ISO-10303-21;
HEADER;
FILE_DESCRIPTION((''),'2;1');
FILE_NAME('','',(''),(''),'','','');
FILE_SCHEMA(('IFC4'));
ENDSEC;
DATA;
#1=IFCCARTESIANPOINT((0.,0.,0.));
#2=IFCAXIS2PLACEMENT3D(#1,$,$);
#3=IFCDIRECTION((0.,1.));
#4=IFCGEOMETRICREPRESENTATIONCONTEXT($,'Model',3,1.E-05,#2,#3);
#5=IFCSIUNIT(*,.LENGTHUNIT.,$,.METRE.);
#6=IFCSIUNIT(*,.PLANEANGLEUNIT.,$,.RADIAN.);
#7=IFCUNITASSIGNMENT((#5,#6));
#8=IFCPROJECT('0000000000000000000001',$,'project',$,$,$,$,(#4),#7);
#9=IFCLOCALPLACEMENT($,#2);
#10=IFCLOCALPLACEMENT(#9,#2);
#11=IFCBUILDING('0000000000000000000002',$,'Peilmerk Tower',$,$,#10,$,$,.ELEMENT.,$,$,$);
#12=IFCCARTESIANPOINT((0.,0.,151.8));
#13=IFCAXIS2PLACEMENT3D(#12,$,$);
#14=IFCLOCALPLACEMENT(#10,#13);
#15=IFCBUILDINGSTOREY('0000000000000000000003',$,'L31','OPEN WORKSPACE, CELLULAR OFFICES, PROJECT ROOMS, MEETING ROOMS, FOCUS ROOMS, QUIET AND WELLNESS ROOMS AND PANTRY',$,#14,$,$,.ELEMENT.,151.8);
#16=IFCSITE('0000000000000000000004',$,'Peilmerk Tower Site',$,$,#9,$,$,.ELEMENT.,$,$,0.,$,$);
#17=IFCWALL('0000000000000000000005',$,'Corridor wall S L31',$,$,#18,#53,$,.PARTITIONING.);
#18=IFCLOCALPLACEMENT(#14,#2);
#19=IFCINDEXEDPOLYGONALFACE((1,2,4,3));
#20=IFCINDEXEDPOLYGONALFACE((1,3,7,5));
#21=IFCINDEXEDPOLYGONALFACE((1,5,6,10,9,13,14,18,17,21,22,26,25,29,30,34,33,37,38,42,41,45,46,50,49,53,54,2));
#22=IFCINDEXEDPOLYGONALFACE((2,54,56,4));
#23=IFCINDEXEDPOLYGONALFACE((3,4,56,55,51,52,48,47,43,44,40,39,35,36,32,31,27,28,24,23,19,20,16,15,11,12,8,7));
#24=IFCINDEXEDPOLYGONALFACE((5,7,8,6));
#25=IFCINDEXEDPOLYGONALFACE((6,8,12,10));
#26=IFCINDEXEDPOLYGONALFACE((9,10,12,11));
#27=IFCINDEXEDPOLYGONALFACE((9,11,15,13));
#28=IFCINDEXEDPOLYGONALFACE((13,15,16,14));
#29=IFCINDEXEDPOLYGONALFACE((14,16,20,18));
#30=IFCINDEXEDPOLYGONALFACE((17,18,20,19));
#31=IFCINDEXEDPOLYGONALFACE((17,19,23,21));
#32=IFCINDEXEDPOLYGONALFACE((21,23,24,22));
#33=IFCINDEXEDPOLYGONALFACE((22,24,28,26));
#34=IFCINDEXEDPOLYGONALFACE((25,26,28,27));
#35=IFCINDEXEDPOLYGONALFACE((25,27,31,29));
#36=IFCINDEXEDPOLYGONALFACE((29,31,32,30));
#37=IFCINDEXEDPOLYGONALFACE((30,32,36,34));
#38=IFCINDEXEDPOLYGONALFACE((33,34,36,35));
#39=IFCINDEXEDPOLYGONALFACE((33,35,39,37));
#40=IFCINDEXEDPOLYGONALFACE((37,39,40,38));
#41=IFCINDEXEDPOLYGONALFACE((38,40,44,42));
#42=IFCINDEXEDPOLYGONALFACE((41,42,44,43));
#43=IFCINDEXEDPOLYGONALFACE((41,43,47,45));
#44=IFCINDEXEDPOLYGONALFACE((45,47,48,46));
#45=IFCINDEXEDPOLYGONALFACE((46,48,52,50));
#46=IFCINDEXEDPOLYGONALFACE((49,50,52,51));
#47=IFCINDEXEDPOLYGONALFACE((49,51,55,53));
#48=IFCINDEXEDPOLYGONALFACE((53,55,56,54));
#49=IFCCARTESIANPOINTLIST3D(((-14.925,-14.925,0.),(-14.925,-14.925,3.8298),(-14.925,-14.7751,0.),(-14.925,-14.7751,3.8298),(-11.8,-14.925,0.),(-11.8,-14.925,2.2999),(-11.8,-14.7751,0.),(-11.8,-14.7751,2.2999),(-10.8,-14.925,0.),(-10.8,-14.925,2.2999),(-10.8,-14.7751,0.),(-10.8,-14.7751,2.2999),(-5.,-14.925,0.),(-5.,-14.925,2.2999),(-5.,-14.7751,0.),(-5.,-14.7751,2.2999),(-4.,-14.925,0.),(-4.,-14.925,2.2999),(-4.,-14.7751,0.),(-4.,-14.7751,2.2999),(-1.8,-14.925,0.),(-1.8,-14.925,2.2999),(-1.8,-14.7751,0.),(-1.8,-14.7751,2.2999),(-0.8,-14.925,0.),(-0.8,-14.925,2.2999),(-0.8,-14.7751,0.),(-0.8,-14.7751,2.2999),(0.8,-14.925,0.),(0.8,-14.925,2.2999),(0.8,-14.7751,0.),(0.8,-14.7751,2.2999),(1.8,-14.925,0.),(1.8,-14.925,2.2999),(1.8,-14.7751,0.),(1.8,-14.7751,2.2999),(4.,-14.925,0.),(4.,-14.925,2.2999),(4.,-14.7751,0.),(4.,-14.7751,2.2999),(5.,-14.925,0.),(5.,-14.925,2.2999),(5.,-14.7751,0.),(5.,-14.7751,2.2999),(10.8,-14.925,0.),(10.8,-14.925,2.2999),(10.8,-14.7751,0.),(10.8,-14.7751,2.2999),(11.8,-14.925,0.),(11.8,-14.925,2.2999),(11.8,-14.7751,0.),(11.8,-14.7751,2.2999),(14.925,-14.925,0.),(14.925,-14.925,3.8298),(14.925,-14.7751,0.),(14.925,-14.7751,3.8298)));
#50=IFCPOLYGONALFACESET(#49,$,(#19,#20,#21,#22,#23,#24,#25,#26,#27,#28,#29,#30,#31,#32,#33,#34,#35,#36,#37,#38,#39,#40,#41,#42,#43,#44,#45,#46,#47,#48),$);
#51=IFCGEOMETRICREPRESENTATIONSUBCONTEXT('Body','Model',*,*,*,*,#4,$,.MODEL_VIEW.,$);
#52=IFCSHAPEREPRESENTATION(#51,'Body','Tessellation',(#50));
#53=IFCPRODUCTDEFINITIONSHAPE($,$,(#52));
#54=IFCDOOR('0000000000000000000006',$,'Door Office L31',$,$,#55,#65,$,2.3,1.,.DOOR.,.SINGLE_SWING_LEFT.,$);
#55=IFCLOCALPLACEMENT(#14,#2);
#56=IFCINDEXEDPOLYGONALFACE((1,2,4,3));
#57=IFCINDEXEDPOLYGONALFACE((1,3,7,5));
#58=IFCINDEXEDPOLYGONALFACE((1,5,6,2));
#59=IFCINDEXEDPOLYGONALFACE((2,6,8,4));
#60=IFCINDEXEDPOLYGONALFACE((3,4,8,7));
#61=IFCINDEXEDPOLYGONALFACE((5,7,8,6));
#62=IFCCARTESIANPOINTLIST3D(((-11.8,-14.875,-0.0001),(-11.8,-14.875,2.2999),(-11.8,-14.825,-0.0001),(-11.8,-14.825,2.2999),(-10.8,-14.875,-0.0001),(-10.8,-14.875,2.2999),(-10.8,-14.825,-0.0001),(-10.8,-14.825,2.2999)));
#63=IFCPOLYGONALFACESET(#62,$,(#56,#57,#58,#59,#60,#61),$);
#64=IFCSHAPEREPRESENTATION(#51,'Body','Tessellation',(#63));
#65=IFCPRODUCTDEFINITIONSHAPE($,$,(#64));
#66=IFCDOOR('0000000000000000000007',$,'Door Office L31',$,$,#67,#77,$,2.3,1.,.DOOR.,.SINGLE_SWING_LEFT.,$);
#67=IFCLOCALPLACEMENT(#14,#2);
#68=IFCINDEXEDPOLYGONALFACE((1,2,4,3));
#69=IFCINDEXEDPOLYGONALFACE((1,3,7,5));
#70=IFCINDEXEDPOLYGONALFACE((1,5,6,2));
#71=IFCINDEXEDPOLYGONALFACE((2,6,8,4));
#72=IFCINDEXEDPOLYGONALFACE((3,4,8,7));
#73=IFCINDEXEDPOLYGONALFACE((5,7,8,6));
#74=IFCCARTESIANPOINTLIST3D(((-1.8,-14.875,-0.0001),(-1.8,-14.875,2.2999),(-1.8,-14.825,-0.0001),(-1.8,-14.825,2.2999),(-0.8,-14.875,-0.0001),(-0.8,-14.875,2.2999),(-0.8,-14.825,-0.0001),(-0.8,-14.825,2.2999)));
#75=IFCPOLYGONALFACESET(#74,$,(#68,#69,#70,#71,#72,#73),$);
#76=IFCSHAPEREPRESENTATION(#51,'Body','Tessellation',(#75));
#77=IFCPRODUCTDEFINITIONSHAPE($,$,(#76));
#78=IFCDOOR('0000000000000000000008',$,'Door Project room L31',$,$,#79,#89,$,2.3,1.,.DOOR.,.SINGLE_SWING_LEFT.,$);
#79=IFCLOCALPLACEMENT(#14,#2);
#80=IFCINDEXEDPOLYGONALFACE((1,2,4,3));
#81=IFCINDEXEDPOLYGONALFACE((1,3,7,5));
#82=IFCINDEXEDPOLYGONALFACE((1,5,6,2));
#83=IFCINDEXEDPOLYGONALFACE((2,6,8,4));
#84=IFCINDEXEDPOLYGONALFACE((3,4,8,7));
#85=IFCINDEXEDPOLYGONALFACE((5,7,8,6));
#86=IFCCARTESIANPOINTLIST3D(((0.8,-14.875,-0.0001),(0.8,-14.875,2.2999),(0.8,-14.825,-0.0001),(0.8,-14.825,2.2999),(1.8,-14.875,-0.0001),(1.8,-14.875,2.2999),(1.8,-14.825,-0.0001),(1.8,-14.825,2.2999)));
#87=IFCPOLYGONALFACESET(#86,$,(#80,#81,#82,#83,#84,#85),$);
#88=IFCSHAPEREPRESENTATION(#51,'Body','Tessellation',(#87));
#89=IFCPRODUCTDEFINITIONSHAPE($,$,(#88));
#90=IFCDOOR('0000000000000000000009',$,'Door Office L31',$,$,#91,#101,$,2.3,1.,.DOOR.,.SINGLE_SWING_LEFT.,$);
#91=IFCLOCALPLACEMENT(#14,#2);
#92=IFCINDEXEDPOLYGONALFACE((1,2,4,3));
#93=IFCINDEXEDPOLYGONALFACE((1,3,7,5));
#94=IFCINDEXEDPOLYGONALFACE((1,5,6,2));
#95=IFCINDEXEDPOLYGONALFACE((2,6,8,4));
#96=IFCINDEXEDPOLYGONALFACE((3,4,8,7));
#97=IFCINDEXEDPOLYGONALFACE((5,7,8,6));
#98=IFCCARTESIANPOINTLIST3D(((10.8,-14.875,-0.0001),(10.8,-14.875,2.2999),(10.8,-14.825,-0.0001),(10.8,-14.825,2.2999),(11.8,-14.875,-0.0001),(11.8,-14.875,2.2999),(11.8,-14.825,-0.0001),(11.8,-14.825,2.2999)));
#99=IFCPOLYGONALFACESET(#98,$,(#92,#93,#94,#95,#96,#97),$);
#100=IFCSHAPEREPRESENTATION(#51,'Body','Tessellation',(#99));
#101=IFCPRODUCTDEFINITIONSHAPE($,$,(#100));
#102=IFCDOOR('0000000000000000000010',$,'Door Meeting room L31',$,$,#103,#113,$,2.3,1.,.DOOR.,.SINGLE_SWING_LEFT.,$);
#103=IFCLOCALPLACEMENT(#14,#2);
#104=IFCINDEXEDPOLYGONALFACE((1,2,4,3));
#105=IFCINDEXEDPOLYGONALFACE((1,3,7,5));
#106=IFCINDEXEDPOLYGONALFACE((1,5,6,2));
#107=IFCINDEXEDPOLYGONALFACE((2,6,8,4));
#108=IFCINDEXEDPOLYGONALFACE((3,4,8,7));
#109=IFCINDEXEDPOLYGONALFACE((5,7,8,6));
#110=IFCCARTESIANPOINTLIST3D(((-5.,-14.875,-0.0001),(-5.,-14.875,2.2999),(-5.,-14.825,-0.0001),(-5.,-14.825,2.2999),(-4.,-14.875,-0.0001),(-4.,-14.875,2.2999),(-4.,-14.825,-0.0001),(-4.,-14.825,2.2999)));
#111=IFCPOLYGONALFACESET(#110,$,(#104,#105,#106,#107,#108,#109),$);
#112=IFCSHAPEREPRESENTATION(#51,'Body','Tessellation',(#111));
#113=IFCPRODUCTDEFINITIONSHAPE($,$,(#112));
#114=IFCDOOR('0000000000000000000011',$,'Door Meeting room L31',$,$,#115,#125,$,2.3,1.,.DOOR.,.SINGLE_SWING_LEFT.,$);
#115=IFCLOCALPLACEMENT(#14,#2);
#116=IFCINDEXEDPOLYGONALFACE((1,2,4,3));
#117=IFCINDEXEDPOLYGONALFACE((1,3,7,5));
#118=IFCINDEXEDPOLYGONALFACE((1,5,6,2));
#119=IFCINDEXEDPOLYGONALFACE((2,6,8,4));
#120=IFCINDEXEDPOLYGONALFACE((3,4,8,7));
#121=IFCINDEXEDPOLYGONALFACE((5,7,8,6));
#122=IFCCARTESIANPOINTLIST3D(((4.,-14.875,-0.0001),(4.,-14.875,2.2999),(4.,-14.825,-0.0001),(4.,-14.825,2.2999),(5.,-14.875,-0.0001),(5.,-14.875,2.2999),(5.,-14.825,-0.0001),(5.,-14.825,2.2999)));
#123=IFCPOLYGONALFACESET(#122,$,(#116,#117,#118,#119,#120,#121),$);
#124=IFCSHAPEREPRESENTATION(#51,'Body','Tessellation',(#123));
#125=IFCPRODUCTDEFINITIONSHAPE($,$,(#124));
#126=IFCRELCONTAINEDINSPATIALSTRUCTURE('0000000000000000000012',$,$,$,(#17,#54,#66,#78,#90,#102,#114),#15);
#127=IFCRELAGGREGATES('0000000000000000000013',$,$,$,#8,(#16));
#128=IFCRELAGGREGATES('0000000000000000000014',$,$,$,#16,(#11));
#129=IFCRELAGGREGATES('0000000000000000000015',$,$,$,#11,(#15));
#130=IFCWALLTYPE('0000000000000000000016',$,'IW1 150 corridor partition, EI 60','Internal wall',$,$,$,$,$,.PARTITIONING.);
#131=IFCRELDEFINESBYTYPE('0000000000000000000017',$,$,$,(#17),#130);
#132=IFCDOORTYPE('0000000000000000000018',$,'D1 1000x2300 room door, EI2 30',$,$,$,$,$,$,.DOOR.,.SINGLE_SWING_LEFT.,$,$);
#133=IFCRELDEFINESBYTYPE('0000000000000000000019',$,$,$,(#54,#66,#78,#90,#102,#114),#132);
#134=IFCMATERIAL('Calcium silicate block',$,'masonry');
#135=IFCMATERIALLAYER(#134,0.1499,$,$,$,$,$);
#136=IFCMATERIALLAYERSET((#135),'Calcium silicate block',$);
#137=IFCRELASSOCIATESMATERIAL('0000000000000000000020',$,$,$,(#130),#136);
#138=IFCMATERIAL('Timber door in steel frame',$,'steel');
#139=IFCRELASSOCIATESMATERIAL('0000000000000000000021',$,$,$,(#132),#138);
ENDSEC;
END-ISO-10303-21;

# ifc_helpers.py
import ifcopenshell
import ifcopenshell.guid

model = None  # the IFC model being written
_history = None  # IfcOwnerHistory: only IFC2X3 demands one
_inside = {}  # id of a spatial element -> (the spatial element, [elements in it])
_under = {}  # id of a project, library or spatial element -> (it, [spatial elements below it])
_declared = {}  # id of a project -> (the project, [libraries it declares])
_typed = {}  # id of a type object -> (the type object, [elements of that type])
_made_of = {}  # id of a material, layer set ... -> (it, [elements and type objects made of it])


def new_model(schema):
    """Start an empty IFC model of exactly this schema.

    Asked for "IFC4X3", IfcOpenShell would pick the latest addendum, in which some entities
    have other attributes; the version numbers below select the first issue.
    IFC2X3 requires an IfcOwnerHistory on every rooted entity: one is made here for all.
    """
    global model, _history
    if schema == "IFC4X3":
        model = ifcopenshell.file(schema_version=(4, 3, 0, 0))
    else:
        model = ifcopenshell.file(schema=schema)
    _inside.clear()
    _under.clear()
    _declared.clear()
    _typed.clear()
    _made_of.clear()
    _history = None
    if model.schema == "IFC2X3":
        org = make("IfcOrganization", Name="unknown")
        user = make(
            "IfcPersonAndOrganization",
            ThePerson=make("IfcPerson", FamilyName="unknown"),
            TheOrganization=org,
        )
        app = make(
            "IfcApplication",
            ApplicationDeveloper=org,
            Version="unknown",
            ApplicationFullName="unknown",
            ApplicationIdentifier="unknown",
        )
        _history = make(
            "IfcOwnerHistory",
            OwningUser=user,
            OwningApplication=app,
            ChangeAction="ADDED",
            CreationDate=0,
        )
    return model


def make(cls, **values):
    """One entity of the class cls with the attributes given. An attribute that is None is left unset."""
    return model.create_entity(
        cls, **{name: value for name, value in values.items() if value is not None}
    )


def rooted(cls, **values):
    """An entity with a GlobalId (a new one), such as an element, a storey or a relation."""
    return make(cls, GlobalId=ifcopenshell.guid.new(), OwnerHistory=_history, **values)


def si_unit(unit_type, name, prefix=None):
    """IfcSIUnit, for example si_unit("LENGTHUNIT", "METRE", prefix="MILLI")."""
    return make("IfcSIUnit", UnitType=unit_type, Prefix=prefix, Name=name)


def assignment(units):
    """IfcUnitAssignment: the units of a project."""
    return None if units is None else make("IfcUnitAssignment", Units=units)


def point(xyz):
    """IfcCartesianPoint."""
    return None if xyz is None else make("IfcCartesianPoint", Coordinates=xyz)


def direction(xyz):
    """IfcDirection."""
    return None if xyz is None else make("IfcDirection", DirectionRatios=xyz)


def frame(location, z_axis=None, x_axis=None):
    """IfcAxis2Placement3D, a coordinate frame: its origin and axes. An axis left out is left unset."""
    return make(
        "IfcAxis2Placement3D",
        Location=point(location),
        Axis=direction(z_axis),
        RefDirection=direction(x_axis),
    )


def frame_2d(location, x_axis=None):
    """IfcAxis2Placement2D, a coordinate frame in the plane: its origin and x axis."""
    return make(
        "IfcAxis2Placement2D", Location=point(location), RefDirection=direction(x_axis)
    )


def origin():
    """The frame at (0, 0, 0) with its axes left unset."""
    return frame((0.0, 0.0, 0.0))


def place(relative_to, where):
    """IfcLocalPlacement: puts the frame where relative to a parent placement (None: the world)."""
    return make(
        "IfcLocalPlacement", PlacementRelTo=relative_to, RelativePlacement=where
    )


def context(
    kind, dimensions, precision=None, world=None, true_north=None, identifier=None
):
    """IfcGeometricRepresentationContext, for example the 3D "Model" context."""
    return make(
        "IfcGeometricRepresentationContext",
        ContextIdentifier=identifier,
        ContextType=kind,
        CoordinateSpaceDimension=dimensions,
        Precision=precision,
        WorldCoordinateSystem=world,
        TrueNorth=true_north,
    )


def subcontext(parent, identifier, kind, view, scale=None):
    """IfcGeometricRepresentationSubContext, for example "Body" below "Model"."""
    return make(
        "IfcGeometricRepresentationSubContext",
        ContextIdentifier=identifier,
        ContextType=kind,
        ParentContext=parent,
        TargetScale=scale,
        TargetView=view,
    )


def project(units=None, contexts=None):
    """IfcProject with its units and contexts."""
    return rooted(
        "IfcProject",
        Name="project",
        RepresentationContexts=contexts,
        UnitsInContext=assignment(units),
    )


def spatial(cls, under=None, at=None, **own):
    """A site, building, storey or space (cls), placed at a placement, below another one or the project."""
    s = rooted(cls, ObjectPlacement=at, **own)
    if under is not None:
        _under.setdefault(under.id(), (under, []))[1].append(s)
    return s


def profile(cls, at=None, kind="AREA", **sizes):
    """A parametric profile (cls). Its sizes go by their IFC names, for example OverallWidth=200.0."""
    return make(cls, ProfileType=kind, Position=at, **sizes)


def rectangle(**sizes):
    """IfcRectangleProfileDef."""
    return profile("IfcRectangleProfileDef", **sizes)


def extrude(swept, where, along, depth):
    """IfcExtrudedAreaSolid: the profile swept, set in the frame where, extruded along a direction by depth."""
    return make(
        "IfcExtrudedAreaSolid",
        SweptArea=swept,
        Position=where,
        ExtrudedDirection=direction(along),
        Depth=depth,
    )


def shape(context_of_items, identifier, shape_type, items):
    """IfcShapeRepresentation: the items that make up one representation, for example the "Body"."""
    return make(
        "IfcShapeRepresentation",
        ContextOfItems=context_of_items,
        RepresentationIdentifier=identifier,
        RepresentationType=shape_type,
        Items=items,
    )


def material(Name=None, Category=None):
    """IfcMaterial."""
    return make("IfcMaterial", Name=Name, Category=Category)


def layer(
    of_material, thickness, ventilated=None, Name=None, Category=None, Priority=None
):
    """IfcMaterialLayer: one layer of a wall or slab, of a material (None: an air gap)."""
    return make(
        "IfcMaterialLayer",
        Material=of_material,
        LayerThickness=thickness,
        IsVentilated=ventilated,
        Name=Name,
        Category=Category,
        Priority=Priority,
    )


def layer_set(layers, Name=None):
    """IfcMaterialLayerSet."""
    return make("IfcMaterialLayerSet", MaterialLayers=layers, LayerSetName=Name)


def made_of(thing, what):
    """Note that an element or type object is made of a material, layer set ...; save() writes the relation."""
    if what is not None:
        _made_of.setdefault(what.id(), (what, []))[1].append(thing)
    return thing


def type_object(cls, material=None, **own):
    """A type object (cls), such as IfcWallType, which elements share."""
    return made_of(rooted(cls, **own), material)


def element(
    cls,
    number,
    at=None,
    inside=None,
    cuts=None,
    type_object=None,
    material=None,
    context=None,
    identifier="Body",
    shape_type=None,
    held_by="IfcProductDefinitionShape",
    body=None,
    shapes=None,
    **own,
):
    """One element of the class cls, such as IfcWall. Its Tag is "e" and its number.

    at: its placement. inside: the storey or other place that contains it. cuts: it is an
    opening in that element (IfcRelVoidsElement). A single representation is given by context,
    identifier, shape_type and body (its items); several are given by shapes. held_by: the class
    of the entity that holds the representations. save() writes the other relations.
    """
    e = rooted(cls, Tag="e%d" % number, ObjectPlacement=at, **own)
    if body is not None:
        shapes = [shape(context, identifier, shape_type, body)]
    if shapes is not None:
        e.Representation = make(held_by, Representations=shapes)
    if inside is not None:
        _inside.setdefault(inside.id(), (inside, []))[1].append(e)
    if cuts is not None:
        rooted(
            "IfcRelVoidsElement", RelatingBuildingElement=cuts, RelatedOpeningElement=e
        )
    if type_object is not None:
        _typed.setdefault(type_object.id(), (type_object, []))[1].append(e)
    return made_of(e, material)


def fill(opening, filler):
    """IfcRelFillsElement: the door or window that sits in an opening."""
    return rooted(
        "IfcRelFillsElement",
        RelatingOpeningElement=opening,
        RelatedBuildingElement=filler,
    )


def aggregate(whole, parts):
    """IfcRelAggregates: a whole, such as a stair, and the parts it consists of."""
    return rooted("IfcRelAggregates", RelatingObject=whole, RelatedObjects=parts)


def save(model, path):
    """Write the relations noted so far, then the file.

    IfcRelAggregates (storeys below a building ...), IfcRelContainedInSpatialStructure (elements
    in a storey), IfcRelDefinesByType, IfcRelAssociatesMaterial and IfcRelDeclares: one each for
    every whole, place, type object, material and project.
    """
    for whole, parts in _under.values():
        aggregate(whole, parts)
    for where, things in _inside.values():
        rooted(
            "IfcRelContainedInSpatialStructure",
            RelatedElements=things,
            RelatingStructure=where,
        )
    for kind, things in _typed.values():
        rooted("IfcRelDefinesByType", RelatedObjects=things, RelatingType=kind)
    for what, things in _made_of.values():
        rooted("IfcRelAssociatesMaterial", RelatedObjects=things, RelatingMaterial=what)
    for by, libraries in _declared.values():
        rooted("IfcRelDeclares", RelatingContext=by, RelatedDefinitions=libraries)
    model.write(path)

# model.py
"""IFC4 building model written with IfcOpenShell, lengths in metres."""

from ifc_helpers import new_model, si_unit, direction, frame, frame_2d, origin, place, context, subcontext, project, spatial, rectangle, extrude, material, layer, layer_set, type_object, element, fill, save


model = new_model("IFC4")

# Units and contexts
model_context = context("Model", 3, precision=1e-05, world=origin(), true_north=direction((0.0, 1.0)))
body_context = subcontext(model_context, "Body", "Model", "MODEL_VIEW")
ifc_project = project(units=[si_unit("LENGTHUNIT", "METRE"), si_unit("PLANEANGLEUNIT", "RADIAN")], contexts=[model_context])

# Site, building, storey
site_placement = place(None, origin())
site = spatial("IfcSite", under=ifc_project, at=site_placement, Name="Peilmerk Tower Site", CompositionType="ELEMENT", RefElevation=0.0)
building_placement = place(site_placement, origin())
building = spatial("IfcBuilding", under=site, at=building_placement, Name="Peilmerk Tower", CompositionType="ELEMENT")
storey_placement = place(building_placement, frame((0.0, 0.0, 151.8)))
storey = spatial("IfcBuildingStorey", under=building, at=storey_placement, Name="L31", Description="OPEN WORKSPACE, CELLULAR OFFICES, PROJECT ROOMS, MEETING ROOMS, FOCUS ROOMS, QUIET AND WELLNESS ROOMS AND PANTRY", CompositionType="ELEMENT", Elevation=151.8)

# Wall, openings, doors
ifc_material_1 = material(Name="Calcium silicate block", Category="masonry")
ifc_layer_1 = layer(ifc_material_1, 0.1499)
ifc_layer_set_1 = layer_set([ifc_layer_1], Name="Calcium silicate block")
wall_type_1 = type_object("IfcWallType", Name="IW1 150 corridor partition, EI 60", Description="Internal wall", PredefinedType="PARTITIONING", material=ifc_layer_set_1)
wall_1_placement = place(storey_placement, frame((14.925, -14.8501, 0.0), z_axis=(0.0, 0.0, 1.0), x_axis=(-1.0, 0.0, 0.0)))
wall_1 = element("IfcWall", 1, at=wall_1_placement, inside=storey, type_object=wall_type_1, Name="Corridor wall S L31", PredefinedType="PARTITIONING", context=body_context, shape_type="SweptSolid", body=[
    extrude(rectangle(XDim=29.8501, YDim=0.1499, at=frame_2d((14.925, 0.0))), origin(), (0.0, 0.0, 1.0), 3.8298),
])
opening_1_placement = place(wall_1_placement, frame((25.7251, 0.0, 0.0)))
opening_1 = element("IfcOpeningElement", 2, at=opening_1_placement, cuts=wall_1, PredefinedType="OPENING", context=body_context, shape_type="SweptSolid", body=[
    extrude(rectangle(XDim=1.0, YDim=2.3, at=frame_2d((0.5, 1.1499))), frame((0.0, 0.085, 0.0), z_axis=(0.0, -1.0, 0.0), x_axis=(1.0, 0.0, 0.0)), (0.0, 0.0, 1.0), 0.1699),
])
opening_2_placement = place(wall_1_placement, frame((15.7251, 0.0, 0.0)))
opening_2 = element("IfcOpeningElement", 3, at=opening_2_placement, cuts=wall_1, PredefinedType="OPENING", context=body_context, shape_type="SweptSolid", body=[
    extrude(rectangle(XDim=1.0, YDim=2.3, at=frame_2d((0.5, 1.1499))), frame((0.0, 0.085, 0.0), z_axis=(0.0, -1.0, 0.0), x_axis=(1.0, 0.0, 0.0)), (0.0, 0.0, 1.0), 0.1699),
])
opening_3_placement = place(wall_1_placement, frame((13.125, 0.0, 0.0)))
opening_3 = element("IfcOpeningElement", 4, at=opening_3_placement, cuts=wall_1, PredefinedType="OPENING", context=body_context, shape_type="SweptSolid", body=[
    extrude(rectangle(XDim=1.0, YDim=2.3, at=frame_2d((0.5, 1.1499))), frame((0.0, 0.085, 0.0), z_axis=(0.0, -1.0, 0.0), x_axis=(1.0, 0.0, 0.0)), (0.0, 0.0, 1.0), 0.1699),
])
opening_4_placement = place(wall_1_placement, frame((3.125, 0.0, 0.0)))
opening_4 = element("IfcOpeningElement", 5, at=opening_4_placement, cuts=wall_1, PredefinedType="OPENING", context=body_context, shape_type="SweptSolid", body=[
    extrude(rectangle(XDim=1.0, YDim=2.3, at=frame_2d((0.5, 1.1499))), frame((0.0, 0.085, 0.0), z_axis=(0.0, -1.0, 0.0), x_axis=(1.0, 0.0, 0.0)), (0.0, 0.0, 1.0), 0.1699),
])
opening_5_placement = place(wall_1_placement, frame((18.925, 0.0, 0.0)))
opening_5 = element("IfcOpeningElement", 6, at=opening_5_placement, cuts=wall_1, PredefinedType="OPENING", context=body_context, shape_type="SweptSolid", body=[
    extrude(rectangle(XDim=1.0, YDim=2.3, at=frame_2d((0.5, 1.1499))), frame((0.0, 0.085, 0.0), z_axis=(0.0, -1.0, 0.0), x_axis=(1.0, 0.0, 0.0)), (0.0, 0.0, 1.0), 0.1699),
])
opening_6_placement = place(wall_1_placement, frame((9.925, 0.0, 0.0)))
opening_6 = element("IfcOpeningElement", 7, at=opening_6_placement, cuts=wall_1, PredefinedType="OPENING", context=body_context, shape_type="SweptSolid", body=[
    extrude(rectangle(XDim=1.0, YDim=2.3, at=frame_2d((0.5, 1.1499))), frame((0.0, 0.085, 0.0), z_axis=(0.0, -1.0, 0.0), x_axis=(1.0, 0.0, 0.0)), (0.0, 0.0, 1.0), 0.1699),
])
ifc_material_2 = material(Name="Timber door in steel frame", Category="steel")
door_type = type_object("IfcDoorType", Name="D1 1000x2300 room door, EI2 30", OperationType="SINGLE_SWING_LEFT", PredefinedType="DOOR", material=ifc_material_2)
door_1_placement = place(opening_1_placement, origin())
door_1 = element("IfcDoor", 8, at=door_1_placement, inside=storey, type_object=door_type, Name="Door Office L31", OperationType="SINGLE_SWING_LEFT", OverallHeight=2.3, OverallWidth=1.0, PredefinedType="DOOR", context=body_context, shape_type="SweptSolid", body=[
    extrude(rectangle(XDim=1.0, YDim=2.3, at=frame_2d((0.5, 1.1499))), frame((0.0, 0.0249, 0.0), z_axis=(0.0, -1.0, 0.0), x_axis=(1.0, 0.0, 0.0)), (0.0, 0.0, 1.0), 0.05),
])
fill(opening_1, door_1)
door_2_placement = place(opening_2_placement, origin())
door_2 = element("IfcDoor", 9, at=door_2_placement, inside=storey, type_object=door_type, Name="Door Office L31", OperationType="SINGLE_SWING_LEFT", OverallHeight=2.3, OverallWidth=1.0, PredefinedType="DOOR", context=body_context, shape_type="SweptSolid", body=[
    extrude(rectangle(XDim=1.0, YDim=2.3, at=frame_2d((0.5, 1.1499))), frame((0.0, 0.0249, 0.0), z_axis=(0.0, -1.0, 0.0), x_axis=(1.0, 0.0, 0.0)), (0.0, 0.0, 1.0), 0.05),
])
fill(opening_2, door_2)
door_3_placement = place(opening_3_placement, origin())
door_3 = element("IfcDoor", 10, at=door_3_placement, inside=storey, type_object=door_type, Name="Door Project room L31", OperationType="SINGLE_SWING_LEFT", OverallHeight=2.3, OverallWidth=1.0, PredefinedType="DOOR", context=body_context, shape_type="SweptSolid", body=[
    extrude(rectangle(XDim=1.0, YDim=2.3, at=frame_2d((0.5, 1.1499))), frame((0.0, 0.0249, 0.0), z_axis=(0.0, -1.0, 0.0), x_axis=(1.0, 0.0, 0.0)), (0.0, 0.0, 1.0), 0.05),
])
fill(opening_3, door_3)
door_4_placement = place(opening_4_placement, origin())
door_4 = element("IfcDoor", 11, at=door_4_placement, inside=storey, type_object=door_type, Name="Door Office L31", OperationType="SINGLE_SWING_LEFT", OverallHeight=2.3, OverallWidth=1.0, PredefinedType="DOOR", context=body_context, shape_type="SweptSolid", body=[
    extrude(rectangle(XDim=1.0, YDim=2.3, at=frame_2d((0.5, 1.1499))), frame((0.0, 0.0249, 0.0), z_axis=(0.0, -1.0, 0.0), x_axis=(1.0, 0.0, 0.0)), (0.0, 0.0, 1.0), 0.05),
])
fill(opening_4, door_4)
door_5_placement = place(opening_5_placement, origin())
door_5 = element("IfcDoor", 12, at=door_5_placement, inside=storey, type_object=door_type, Name="Door Meeting room L31", OperationType="SINGLE_SWING_LEFT", OverallHeight=2.3, OverallWidth=1.0, PredefinedType="DOOR", context=body_context, shape_type="SweptSolid", body=[
    extrude(rectangle(XDim=1.0, YDim=2.3, at=frame_2d((0.5, 1.1499))), frame((0.0, 0.0249, 0.0), z_axis=(0.0, -1.0, 0.0), x_axis=(1.0, 0.0, 0.0)), (0.0, 0.0, 1.0), 0.05),
])
fill(opening_5, door_5)
door_6_placement = place(opening_6_placement, origin())
door_6 = element("IfcDoor", 13, at=door_6_placement, inside=storey, type_object=door_type, Name="Door Meeting room L31", OperationType="SINGLE_SWING_LEFT", OverallHeight=2.3, OverallWidth=1.0, PredefinedType="DOOR", context=body_context, shape_type="SweptSolid", body=[
    extrude(rectangle(XDim=1.0, YDim=2.3, at=frame_2d((0.5, 1.1499))), frame((0.0, 0.0249, 0.0), z_axis=(0.0, -1.0, 0.0), x_axis=(1.0, 0.0, 0.0)), (0.0, 0.0, 1.0), 0.05),
])
fill(opening_6, door_6)

save(model, "model.ifc")
